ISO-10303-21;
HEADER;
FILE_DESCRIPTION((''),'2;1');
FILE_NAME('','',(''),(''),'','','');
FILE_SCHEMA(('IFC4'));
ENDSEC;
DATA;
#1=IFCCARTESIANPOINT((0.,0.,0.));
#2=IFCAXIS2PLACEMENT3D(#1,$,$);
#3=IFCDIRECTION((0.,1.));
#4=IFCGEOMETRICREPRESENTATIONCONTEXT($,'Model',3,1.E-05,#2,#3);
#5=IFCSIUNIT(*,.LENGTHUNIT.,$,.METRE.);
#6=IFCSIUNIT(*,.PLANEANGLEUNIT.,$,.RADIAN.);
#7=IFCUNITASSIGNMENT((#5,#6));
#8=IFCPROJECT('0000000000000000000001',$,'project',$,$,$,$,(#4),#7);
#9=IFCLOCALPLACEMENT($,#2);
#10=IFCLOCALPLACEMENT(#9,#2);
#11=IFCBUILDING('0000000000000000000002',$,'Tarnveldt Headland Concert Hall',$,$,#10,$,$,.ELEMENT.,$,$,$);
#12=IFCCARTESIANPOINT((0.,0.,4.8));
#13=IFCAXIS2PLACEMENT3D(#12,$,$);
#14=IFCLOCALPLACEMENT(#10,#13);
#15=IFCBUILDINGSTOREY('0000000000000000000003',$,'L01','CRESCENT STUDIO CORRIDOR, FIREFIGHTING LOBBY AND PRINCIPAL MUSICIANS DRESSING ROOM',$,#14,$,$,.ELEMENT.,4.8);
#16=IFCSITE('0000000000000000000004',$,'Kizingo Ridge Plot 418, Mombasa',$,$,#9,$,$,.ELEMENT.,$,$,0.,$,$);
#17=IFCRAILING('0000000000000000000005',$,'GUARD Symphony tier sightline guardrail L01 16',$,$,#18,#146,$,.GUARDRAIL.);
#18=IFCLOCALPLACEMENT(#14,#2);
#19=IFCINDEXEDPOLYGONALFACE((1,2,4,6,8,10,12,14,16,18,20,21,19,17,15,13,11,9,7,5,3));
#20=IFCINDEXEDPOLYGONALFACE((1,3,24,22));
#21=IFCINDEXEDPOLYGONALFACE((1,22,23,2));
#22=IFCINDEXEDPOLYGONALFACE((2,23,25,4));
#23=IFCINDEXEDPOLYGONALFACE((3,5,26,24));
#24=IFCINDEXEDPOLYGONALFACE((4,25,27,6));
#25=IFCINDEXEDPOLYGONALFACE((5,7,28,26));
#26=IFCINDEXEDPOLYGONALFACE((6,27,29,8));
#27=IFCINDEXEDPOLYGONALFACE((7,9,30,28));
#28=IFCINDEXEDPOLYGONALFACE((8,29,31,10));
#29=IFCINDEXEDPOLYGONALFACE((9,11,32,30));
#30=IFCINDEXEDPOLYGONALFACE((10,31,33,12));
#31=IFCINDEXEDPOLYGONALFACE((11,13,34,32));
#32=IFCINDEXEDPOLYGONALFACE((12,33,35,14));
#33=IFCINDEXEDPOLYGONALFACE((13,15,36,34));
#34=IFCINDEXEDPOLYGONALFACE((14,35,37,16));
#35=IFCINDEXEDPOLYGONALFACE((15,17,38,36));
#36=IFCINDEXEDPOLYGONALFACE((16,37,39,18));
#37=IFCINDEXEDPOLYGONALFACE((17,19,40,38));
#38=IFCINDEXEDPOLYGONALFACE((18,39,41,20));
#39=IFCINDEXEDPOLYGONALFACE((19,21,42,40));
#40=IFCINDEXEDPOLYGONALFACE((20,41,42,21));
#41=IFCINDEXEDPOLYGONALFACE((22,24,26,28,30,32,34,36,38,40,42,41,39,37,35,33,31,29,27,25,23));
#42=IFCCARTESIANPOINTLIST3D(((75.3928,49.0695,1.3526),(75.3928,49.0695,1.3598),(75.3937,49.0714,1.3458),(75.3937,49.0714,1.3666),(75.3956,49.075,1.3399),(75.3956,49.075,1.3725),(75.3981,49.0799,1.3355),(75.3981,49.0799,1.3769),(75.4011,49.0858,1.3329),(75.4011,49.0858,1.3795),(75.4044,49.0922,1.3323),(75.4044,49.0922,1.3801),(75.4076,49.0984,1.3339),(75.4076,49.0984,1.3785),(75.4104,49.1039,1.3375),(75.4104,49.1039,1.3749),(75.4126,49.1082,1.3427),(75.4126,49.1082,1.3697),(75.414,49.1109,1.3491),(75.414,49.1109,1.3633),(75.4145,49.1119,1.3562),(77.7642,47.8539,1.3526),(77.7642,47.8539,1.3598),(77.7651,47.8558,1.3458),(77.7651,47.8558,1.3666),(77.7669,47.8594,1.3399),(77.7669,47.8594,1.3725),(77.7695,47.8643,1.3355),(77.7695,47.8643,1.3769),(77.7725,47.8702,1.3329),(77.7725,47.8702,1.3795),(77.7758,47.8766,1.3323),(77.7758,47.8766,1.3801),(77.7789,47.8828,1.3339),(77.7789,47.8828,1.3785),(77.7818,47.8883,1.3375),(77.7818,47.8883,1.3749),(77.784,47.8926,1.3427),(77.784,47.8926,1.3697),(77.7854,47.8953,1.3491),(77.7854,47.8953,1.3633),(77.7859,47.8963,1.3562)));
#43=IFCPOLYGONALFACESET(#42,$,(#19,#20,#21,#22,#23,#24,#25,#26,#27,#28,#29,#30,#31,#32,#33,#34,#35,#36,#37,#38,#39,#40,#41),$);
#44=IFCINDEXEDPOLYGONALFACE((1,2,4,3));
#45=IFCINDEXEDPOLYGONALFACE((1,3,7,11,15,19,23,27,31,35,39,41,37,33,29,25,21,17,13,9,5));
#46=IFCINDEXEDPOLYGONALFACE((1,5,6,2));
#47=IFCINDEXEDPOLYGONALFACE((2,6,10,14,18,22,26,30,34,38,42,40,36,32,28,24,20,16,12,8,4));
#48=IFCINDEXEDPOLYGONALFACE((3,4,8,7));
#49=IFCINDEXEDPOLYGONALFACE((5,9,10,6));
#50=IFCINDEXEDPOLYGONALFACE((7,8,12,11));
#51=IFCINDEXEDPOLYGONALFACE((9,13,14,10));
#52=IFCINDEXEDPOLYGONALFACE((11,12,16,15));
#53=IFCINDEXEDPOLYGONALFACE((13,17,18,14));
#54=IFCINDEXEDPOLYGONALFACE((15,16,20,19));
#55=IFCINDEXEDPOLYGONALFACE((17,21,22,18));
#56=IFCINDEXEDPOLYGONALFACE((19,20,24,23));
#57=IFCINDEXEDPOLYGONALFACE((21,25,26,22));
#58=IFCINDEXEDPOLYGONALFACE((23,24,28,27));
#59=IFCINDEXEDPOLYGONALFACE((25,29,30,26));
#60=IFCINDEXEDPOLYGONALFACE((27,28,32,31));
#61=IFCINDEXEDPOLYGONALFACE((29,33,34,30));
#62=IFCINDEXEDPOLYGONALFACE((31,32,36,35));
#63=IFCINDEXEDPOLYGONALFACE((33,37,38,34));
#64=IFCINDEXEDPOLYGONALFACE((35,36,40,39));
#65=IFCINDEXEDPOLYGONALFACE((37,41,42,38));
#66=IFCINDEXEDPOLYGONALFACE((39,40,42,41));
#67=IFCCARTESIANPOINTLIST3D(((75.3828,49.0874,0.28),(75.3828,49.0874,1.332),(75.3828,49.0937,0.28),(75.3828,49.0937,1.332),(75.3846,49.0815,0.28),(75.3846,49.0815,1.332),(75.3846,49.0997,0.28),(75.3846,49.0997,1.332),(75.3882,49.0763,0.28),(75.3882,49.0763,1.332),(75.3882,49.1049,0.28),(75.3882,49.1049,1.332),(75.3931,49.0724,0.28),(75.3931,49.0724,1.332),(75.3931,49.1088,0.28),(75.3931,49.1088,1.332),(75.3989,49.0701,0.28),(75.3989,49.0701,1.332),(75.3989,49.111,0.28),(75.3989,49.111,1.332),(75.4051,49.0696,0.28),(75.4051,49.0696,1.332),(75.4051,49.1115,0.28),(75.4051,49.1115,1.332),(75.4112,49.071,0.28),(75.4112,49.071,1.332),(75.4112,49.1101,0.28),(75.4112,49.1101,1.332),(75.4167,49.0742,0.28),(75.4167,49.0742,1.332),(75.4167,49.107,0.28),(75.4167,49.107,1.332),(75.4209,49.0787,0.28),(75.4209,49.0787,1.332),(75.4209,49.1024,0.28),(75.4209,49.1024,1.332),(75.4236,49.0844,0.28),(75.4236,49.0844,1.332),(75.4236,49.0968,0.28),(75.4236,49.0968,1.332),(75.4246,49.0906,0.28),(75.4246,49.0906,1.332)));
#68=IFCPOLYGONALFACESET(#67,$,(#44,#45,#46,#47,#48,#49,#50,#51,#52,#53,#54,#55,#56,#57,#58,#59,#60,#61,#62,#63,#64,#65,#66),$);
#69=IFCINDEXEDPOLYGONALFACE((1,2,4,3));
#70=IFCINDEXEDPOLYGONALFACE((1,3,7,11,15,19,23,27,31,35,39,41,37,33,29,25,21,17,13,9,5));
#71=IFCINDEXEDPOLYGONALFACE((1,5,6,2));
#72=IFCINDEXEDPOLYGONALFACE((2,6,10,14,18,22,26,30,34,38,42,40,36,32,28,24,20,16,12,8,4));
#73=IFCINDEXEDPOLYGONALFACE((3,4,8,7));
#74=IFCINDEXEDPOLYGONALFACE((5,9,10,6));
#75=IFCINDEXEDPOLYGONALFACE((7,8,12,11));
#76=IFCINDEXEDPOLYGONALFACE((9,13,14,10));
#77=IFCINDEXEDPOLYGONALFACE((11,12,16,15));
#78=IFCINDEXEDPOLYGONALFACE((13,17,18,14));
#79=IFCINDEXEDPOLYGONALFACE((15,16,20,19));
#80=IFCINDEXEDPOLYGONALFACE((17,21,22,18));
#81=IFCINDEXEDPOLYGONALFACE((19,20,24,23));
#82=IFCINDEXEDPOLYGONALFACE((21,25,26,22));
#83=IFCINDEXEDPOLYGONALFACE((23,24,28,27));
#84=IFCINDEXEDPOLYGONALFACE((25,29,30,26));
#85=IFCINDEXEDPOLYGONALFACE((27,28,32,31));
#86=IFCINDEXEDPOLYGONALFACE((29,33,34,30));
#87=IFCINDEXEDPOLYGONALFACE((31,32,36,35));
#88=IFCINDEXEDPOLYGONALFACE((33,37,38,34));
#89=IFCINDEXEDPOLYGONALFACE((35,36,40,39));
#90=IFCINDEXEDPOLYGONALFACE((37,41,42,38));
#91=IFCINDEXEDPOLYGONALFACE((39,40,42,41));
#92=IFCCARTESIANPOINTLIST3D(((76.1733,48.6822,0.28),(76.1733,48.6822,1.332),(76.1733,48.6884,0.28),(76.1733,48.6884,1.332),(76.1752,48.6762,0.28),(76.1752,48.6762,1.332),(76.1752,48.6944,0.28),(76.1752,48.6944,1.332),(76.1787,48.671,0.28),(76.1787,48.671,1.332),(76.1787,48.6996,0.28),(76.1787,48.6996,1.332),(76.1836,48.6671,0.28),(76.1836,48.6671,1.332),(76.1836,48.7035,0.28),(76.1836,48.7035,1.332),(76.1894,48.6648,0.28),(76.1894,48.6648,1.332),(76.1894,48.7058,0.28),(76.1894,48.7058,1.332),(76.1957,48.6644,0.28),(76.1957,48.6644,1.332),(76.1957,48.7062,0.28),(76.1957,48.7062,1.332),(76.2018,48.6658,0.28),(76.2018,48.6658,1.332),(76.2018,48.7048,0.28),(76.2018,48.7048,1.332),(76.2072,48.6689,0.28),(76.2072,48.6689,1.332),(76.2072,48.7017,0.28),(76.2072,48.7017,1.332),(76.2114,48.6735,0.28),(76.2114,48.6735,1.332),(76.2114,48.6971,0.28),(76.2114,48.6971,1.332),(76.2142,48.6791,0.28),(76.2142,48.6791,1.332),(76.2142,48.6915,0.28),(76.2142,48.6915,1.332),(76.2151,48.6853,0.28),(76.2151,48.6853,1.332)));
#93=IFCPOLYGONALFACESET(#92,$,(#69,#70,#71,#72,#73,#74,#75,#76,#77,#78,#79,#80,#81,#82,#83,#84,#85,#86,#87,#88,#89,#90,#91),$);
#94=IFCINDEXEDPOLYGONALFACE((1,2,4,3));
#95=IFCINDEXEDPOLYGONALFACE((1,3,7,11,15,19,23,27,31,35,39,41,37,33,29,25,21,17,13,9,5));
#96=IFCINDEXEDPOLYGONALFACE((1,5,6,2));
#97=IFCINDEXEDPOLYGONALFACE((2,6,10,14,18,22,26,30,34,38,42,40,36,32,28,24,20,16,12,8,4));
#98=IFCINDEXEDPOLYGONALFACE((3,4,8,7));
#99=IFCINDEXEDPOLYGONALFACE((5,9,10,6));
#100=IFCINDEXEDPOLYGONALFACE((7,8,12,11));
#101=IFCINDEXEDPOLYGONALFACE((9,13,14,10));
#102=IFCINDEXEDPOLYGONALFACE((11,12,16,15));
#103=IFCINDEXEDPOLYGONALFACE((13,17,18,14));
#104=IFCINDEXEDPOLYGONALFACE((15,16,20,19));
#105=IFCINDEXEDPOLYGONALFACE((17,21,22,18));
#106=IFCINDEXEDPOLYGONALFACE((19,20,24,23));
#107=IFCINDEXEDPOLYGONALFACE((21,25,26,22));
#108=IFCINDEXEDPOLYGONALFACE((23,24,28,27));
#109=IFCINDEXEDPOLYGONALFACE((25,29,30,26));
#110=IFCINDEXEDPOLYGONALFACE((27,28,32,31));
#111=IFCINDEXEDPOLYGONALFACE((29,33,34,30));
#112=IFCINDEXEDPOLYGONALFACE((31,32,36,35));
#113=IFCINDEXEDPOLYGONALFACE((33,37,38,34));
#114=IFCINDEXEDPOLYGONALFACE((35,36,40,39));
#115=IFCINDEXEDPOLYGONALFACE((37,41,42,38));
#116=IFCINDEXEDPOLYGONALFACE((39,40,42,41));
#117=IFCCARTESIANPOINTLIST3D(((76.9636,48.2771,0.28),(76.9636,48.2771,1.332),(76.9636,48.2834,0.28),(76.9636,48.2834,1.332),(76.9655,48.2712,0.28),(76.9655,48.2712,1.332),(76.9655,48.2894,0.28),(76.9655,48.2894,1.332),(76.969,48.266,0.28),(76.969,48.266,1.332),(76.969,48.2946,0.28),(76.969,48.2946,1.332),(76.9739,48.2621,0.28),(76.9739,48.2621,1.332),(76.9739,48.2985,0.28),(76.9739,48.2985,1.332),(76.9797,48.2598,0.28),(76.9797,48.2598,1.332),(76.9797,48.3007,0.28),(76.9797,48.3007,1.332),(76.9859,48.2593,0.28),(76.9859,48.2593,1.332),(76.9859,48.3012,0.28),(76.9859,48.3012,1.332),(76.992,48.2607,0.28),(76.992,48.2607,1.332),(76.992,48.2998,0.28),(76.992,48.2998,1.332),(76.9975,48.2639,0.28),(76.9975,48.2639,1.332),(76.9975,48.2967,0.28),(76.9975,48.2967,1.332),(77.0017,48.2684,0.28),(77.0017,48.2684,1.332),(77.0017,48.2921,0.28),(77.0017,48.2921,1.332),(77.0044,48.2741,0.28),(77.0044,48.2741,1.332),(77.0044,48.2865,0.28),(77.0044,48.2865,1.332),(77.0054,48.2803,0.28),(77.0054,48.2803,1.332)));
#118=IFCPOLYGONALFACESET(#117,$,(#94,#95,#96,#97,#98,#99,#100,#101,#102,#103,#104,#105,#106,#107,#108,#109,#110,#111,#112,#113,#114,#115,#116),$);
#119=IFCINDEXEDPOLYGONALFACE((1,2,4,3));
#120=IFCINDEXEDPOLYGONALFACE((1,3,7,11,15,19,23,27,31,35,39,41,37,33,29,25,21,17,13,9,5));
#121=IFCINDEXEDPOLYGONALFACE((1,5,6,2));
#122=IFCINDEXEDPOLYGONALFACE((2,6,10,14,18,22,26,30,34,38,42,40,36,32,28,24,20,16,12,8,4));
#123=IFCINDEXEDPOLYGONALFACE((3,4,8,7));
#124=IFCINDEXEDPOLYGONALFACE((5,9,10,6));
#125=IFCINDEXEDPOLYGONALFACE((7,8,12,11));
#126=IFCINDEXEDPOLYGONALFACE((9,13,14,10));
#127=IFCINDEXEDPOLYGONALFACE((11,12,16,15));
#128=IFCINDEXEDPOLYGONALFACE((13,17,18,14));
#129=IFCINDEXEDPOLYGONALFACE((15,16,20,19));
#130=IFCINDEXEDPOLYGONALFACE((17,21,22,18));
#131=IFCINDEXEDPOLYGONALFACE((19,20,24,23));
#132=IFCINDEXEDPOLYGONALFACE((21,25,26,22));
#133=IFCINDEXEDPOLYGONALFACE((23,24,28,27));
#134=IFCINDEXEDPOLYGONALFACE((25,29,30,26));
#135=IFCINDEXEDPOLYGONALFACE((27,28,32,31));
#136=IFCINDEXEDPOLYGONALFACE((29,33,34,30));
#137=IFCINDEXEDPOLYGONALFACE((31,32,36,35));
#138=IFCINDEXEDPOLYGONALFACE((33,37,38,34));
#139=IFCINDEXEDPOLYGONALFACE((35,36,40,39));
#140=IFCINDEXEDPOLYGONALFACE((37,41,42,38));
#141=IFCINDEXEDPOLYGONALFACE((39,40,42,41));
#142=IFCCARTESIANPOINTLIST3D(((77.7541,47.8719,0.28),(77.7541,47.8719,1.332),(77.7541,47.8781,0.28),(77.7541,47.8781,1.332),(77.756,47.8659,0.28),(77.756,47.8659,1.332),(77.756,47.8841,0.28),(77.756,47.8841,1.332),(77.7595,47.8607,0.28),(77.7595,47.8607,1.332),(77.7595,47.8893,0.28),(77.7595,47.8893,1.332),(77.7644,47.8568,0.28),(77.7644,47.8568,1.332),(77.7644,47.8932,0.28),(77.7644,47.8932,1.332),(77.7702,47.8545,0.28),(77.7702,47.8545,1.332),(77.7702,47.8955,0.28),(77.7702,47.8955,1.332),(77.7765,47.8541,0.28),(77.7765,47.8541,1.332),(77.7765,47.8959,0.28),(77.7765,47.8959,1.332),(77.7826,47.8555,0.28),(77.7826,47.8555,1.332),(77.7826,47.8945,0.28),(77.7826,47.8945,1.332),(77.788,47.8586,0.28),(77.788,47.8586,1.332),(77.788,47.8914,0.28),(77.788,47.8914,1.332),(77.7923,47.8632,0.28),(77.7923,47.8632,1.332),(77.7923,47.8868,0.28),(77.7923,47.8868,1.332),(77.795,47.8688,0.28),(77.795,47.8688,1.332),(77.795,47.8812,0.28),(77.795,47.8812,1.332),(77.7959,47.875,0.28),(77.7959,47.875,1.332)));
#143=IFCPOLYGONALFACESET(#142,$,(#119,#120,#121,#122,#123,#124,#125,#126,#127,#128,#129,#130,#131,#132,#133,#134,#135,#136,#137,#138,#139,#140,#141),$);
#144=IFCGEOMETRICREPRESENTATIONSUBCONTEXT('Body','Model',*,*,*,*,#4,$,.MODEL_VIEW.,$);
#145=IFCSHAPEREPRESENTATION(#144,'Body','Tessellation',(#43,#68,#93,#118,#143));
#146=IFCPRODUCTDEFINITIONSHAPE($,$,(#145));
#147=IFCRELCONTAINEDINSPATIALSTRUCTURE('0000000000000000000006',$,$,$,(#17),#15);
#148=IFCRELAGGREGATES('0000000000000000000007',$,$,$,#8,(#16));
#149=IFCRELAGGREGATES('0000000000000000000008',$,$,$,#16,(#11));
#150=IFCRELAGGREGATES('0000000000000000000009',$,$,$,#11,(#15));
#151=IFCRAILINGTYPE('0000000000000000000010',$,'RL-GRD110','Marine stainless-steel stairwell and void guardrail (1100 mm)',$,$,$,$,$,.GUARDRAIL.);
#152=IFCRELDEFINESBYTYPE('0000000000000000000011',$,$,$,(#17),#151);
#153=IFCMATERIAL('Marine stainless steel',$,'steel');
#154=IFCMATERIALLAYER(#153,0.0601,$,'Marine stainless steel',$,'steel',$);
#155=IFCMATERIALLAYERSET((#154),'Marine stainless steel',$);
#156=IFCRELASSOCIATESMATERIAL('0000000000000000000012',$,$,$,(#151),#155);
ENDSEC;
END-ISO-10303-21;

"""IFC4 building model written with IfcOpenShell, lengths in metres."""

from ifc_helpers import new_model, si_unit, direction, frame, origin, origin_2d, place, context, subcontext, project, spatial, circle, extrude, material, layer, layer_set, type_object, element, save


model = new_model("IFC4")

# Units and contexts
model_context = context("Model", 3, precision=1e-05, world=origin(), true_north=direction((0.0, 1.0)))
body_context = subcontext(model_context, "Body", "Model", "MODEL_VIEW")
ifc_project = project(units=[si_unit("LENGTHUNIT", "METRE"), si_unit("PLANEANGLEUNIT", "RADIAN")], contexts=[model_context])

# Site, building, storey
site_placement = place(None, origin())
site = spatial("IfcSite", under=ifc_project, at=site_placement, Name="Kizingo Ridge Plot 418, Mombasa", CompositionType="ELEMENT", RefElevation=0.0)
building_placement = place(site_placement, origin())
building = spatial("IfcBuilding", under=site, at=building_placement, Name="Tarnveldt Headland Concert Hall", CompositionType="ELEMENT")
storey_placement = place(building_placement, frame((0.0, 0.0, 4.8)))
storey = spatial("IfcBuildingStorey", under=building, at=storey_placement, Name="L01", Description="CRESCENT STUDIO CORRIDOR, FIREFIGHTING LOBBY AND PRINCIPAL MUSICIANS DRESSING ROOM", CompositionType="ELEMENT", Elevation=4.8)

# Railing
ifc_material_1 = material(Name="Marine stainless steel", Category="steel")
ifc_layer_1 = layer(ifc_material_1, 0.0601, Name="Marine stainless steel", Category="steel")
ifc_layer_set_1 = layer_set([ifc_layer_1], Name="Marine stainless steel")
railing_type = type_object("IfcRailingType", Name="RL-GRD110", Description="Marine stainless-steel stairwell and void guardrail (1100 mm)", PredefinedType="GUARDRAIL", material=ifc_layer_set_1)
railing_1_placement = place(storey_placement, frame((75.4036, 49.0906, 0.28)))
element("IfcRailing", 1, at=railing_1_placement, inside=storey, type_object=railing_type, Name="GUARD Symphony tier sightline guardrail L01 16", PredefinedType="GUARDRAIL", context=body_context, shape_type="SweptSolid", body=[
    extrude(circle(Radius=0.0239, at=origin_2d()), frame((0.0, 0.0, 1.0762), z_axis=(0.889893, -0.45617, 0.0), x_axis=(0.45617, 0.889893, 0.0)), (0.0, 0.0, 1.0), 2.6648),
    extrude(circle(Radius=0.021, at=origin_2d()), origin(), (0.0, 0.0, 1.0), 1.052),
    extrude(circle(Radius=0.021, at=origin_2d()), frame((0.7905, -0.4053, 0.0)), (0.0, 0.0, 1.0), 1.052),
    extrude(circle(Radius=0.021, at=origin_2d()), frame((1.5808, -0.8103, 0.0)), (0.0, 0.0, 1.0), 1.052),
    extrude(circle(Radius=0.021, at=origin_2d()), frame((2.3713, -1.2156, 0.0)), (0.0, 0.0, 1.0), 1.052),
])

save(model, "model.ifc")
